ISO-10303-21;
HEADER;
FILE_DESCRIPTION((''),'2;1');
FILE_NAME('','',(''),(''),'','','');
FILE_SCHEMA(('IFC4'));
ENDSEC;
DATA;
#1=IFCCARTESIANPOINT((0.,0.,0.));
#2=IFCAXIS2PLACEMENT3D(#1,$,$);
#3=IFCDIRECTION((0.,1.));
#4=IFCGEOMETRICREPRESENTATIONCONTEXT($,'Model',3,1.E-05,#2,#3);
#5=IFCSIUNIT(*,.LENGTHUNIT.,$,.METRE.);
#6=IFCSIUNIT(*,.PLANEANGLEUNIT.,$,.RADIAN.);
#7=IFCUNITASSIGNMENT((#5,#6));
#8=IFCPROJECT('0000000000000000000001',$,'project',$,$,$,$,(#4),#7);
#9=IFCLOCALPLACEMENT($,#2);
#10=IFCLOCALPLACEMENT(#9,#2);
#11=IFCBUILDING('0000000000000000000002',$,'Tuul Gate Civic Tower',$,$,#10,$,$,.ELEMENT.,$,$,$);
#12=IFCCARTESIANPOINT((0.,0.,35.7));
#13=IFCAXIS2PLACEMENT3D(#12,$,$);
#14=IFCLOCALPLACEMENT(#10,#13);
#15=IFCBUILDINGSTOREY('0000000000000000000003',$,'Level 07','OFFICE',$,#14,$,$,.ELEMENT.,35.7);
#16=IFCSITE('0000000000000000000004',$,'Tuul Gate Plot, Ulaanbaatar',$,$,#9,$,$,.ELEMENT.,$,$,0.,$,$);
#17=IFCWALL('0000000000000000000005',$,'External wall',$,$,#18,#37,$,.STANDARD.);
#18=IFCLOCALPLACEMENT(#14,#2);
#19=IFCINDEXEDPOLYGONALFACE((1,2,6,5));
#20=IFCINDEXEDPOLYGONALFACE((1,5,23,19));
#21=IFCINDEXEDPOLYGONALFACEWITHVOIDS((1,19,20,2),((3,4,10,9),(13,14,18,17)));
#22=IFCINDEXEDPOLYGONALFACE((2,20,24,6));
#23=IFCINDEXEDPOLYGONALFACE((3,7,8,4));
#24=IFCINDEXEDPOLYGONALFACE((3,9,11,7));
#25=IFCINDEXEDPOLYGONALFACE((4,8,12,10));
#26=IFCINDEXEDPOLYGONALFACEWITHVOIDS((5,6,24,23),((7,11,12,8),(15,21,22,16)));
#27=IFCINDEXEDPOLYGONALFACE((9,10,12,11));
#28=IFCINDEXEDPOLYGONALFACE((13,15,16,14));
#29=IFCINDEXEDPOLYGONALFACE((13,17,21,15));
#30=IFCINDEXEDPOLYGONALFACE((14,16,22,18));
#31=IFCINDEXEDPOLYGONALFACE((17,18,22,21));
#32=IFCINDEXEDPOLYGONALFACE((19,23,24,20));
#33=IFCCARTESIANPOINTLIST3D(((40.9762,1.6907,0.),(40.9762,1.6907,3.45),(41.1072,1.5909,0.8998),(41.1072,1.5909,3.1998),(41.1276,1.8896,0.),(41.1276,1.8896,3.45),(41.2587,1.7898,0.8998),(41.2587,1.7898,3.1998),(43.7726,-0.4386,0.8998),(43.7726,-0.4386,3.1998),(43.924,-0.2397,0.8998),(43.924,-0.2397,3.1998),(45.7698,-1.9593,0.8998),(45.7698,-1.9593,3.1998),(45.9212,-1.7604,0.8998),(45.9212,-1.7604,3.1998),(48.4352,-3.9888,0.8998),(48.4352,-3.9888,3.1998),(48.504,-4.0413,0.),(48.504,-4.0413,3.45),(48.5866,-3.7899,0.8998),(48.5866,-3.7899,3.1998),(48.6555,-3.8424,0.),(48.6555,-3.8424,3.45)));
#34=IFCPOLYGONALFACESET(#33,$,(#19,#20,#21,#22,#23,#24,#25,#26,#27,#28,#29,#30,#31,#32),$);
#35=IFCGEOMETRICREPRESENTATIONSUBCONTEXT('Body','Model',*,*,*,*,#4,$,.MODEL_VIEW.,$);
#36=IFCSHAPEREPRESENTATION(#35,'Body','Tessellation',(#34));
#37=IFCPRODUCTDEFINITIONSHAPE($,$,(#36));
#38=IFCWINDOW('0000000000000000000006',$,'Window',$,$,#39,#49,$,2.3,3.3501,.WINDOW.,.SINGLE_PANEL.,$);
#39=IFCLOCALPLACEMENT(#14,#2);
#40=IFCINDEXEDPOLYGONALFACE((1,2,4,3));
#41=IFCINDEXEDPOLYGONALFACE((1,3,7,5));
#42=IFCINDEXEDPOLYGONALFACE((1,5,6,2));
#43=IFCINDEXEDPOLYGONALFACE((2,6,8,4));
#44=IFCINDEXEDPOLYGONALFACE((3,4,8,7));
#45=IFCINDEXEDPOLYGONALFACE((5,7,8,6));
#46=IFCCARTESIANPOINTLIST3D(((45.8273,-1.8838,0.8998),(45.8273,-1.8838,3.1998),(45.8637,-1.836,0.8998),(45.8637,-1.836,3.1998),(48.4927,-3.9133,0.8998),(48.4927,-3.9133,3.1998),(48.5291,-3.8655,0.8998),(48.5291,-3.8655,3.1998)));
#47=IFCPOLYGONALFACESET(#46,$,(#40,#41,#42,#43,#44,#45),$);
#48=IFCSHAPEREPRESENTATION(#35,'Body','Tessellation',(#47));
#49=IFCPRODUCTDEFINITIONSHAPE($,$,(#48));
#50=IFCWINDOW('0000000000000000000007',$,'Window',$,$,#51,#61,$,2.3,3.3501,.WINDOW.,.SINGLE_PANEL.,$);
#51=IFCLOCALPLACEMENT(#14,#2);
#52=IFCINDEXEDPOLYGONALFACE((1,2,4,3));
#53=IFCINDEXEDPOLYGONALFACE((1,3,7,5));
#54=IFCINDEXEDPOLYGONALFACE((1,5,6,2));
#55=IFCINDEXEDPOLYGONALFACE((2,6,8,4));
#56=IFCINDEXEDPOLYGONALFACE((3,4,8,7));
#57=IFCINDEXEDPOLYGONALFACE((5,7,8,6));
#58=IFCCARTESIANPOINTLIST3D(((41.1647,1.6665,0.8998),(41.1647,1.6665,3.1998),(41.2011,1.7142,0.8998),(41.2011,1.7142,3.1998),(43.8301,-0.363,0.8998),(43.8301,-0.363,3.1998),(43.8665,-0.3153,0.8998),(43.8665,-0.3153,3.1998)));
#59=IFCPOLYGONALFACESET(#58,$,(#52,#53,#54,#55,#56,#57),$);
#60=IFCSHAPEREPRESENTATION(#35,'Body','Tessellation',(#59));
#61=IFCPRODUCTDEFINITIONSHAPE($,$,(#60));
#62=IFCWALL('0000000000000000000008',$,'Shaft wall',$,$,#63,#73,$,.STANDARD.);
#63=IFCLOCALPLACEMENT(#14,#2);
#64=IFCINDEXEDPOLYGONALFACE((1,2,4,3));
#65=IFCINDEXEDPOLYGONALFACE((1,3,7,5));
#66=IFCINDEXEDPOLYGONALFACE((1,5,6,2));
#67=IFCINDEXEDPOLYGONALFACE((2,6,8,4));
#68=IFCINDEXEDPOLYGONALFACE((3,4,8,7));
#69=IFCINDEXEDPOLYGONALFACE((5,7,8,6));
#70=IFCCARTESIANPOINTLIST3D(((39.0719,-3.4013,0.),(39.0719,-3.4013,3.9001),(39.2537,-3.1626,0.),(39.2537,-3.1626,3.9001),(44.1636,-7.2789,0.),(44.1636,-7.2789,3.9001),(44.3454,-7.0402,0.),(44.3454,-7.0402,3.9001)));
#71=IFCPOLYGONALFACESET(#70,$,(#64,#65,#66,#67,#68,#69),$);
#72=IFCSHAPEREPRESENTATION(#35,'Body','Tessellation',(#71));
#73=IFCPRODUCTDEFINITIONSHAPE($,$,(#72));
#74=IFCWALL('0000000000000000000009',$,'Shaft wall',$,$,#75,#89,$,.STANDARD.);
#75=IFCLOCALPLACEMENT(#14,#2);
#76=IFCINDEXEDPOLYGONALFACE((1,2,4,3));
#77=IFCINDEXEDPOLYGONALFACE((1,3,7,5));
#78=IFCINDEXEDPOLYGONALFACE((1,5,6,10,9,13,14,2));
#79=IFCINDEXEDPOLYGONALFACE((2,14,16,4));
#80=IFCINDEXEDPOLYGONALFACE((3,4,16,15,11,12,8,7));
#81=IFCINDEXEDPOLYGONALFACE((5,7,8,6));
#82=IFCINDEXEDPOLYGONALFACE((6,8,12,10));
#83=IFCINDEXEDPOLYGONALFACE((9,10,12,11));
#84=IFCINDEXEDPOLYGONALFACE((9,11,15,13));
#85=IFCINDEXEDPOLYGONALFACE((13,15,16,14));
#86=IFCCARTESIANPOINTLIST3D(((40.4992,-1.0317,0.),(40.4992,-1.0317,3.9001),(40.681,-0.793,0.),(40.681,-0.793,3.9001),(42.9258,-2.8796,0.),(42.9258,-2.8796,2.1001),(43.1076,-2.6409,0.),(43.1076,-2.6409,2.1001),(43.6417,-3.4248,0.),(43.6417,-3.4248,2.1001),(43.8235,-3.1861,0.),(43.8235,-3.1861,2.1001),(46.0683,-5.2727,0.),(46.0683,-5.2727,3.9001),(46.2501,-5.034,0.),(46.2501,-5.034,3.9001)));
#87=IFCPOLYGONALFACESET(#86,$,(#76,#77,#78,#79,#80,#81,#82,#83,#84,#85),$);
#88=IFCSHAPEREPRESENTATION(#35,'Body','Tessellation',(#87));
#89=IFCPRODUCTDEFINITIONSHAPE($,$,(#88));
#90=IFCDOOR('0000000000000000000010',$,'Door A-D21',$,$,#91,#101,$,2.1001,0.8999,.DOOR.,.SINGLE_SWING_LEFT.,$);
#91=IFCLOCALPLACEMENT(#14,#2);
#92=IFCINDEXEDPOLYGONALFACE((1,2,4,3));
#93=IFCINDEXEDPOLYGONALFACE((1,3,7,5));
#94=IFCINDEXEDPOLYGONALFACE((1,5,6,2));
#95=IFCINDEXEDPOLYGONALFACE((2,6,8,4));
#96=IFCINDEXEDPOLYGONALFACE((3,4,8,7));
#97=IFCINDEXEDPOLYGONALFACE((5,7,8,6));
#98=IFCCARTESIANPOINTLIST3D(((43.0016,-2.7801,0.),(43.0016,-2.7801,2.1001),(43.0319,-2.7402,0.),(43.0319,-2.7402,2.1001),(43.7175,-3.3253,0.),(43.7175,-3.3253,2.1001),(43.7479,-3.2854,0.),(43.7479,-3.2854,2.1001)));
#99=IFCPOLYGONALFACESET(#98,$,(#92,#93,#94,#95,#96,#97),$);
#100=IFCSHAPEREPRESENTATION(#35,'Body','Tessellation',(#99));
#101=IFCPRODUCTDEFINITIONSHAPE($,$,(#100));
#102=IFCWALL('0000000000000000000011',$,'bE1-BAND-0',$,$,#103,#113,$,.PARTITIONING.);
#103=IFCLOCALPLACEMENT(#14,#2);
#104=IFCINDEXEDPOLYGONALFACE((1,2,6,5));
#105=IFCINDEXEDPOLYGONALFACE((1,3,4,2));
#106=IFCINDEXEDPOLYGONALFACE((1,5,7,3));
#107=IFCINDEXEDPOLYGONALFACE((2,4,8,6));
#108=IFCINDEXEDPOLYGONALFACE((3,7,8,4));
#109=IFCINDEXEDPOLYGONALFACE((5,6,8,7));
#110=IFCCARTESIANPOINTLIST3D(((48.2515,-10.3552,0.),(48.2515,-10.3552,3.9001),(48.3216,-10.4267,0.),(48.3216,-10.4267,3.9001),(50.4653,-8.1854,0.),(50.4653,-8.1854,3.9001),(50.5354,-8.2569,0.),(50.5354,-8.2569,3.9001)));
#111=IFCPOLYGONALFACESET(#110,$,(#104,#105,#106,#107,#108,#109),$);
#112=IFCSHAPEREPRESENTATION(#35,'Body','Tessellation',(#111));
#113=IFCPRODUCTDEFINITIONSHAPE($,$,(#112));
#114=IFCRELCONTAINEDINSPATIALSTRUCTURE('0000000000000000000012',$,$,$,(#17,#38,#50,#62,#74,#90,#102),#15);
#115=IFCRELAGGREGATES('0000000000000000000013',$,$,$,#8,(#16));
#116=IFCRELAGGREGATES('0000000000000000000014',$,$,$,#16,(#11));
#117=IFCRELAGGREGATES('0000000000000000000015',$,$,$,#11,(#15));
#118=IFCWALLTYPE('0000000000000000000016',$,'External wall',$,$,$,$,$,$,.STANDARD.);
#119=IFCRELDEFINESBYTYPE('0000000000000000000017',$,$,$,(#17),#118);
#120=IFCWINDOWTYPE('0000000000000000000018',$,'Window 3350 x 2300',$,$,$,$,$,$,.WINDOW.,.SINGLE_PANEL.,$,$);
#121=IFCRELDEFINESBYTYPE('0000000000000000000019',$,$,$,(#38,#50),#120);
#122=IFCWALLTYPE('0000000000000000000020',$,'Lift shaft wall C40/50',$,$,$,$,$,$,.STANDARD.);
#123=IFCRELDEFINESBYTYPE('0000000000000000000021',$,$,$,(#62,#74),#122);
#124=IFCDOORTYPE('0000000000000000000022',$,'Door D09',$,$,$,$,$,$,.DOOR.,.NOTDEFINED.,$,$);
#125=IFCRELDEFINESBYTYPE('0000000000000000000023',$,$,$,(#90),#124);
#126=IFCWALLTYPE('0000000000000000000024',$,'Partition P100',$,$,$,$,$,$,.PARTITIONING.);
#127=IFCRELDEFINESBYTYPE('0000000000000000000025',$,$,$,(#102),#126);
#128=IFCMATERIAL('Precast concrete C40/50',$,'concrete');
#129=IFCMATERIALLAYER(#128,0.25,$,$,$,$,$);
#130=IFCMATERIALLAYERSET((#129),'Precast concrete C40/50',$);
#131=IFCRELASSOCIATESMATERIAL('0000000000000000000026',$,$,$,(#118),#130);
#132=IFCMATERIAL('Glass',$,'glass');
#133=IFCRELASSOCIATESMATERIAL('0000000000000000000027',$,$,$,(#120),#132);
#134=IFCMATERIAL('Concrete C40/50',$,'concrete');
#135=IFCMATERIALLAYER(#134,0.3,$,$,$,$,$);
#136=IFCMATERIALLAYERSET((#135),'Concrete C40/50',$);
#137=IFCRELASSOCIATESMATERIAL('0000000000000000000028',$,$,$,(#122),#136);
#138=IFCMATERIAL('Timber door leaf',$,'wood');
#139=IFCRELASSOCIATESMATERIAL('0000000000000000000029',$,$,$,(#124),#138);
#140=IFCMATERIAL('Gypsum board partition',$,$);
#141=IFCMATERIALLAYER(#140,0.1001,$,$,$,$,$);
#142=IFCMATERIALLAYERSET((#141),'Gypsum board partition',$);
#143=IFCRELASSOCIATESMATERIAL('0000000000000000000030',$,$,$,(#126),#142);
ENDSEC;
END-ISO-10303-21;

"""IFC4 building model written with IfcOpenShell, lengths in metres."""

from ifc_helpers import new_model, si_unit, direction, frame, frame_2d, origin, place, context, subcontext, project, spatial, rectangle, extrude, material, layer, layer_set, type_object, element, fill, save


model = new_model("IFC4")

# Units and contexts
model_context = context("Model", 3, precision=1e-05, world=origin(), true_north=direction((0.0, 1.0)))
body_context = subcontext(model_context, "Body", "Model", "MODEL_VIEW")
ifc_project = project(units=[si_unit("LENGTHUNIT", "METRE"), si_unit("PLANEANGLEUNIT", "RADIAN")], contexts=[model_context])

# Site, building, storey
site_placement = place(None, origin())
site = spatial("IfcSite", under=ifc_project, at=site_placement, Name="Tuul Gate Plot, Ulaanbaatar", CompositionType="ELEMENT", RefElevation=0.0)
building_placement = place(site_placement, origin())
building = spatial("IfcBuilding", under=site, at=building_placement, Name="Tuul Gate Civic Tower", CompositionType="ELEMENT")
storey_placement = place(building_placement, frame((0.0, 0.0, 35.7)))
storey = spatial("IfcBuildingStorey", under=building, at=storey_placement, Name="Level 07", Description="OFFICE", CompositionType="ELEMENT", Elevation=35.7)

# Wall, openings, windows
ifc_material_1 = material(Name="Precast concrete C40/50", Category="concrete")
ifc_layer_1 = layer(ifc_material_1, 0.25)
ifc_layer_set_1 = layer_set([ifc_layer_1], Name="Precast concrete C40/50")
wall_type_1 = type_object("IfcWallType", Name="External wall", PredefinedType="STANDARD", material=ifc_layer_set_1)
wall_1_placement = place(storey_placement, frame((48.5798, -3.9419, 0.0), z_axis=(0.0, 0.0, 1.0), x_axis=(-0.795613, 0.605805, 0.0)))
wall_1 = element("IfcWall", 1, at=wall_1_placement, inside=storey, type_object=wall_type_1, Name="External wall", PredefinedType="STANDARD", context=body_context, shape_type="SweptSolid", body=[
    extrude(rectangle(XDim=9.4617, YDim=0.25, at=frame_2d((4.731, 0.0))), origin(), (0.0, 0.0, 1.0), 3.45),
])
opening_1_placement = place(wall_1_placement, frame((0.0867, 0.0, 0.8999)))
opening_1 = element("IfcOpeningElement", 2, at=opening_1_placement, cuts=wall_1, PredefinedType="OPENING", context=body_context, shape_type="SweptSolid", body=[
    extrude(rectangle(XDim=3.3501, YDim=2.3, at=frame_2d((1.675, 1.1499))), frame((0.0, 0.135, 0.0), z_axis=(0.0, -1.0, 0.0), x_axis=(1.0, 0.0, 0.0)), (0.0, 0.0, 1.0), 0.27),
])
opening_2_placement = place(wall_1_placement, frame((5.947, 0.0, 0.8999)))
opening_2 = element("IfcOpeningElement", 3, at=opening_2_placement, cuts=wall_1, PredefinedType="OPENING", context=body_context, shape_type="SweptSolid", body=[
    extrude(rectangle(XDim=3.3501, YDim=2.3, at=frame_2d((1.675, 1.1499))), frame((0.0, 0.135, 0.0), z_axis=(0.0, -1.0, 0.0), x_axis=(1.0, 0.0, 0.0)), (0.0, 0.0, 1.0), 0.27),
])
ifc_material_2 = material(Name="Glass", Category="glass")
window_type = type_object("IfcWindowType", Name="Window 3350 x 2300", PartitioningType="SINGLE_PANEL", PredefinedType="WINDOW", material=ifc_material_2)
window_1_placement = place(opening_1_placement, origin())
window_1 = element("IfcWindow", 4, at=window_1_placement, inside=storey, type_object=window_type, Name="Window", OverallHeight=2.3, OverallWidth=3.3501, PartitioningType="SINGLE_PANEL", PredefinedType="WINDOW", context=body_context, shape_type="SweptSolid", body=[
    extrude(rectangle(XDim=3.3501, YDim=2.3, at=frame_2d((1.675, 1.1499))), frame((0.0, 0.03, 0.0), z_axis=(0.0, -1.0, 0.0), x_axis=(1.0, 0.0, 0.0)), (0.0, 0.0, 1.0), 0.0601),
])
fill(opening_1, window_1)
window_2_placement = place(opening_2_placement, origin())
window_2 = element("IfcWindow", 5, at=window_2_placement, inside=storey, type_object=window_type, Name="Window", OverallHeight=2.3, OverallWidth=3.3501, PartitioningType="SINGLE_PANEL", PredefinedType="WINDOW", context=body_context, shape_type="SweptSolid", body=[
    extrude(rectangle(XDim=3.3501, YDim=2.3, at=frame_2d((1.675, 1.1499))), frame((0.0, 0.03, 0.0), z_axis=(0.0, -1.0, 0.0), x_axis=(1.0, 0.0, 0.0)), (0.0, 0.0, 1.0), 0.0601),
])
fill(opening_2, window_2)

# Wall
ifc_material_3 = material(Name="Concrete C40/50", Category="concrete")
ifc_layer_2 = layer(ifc_material_3, 0.3)
ifc_layer_set_2 = layer_set([ifc_layer_2], Name="Concrete C40/50")
wall_type_2 = type_object("IfcWallType", Name="Lift shaft wall C40/50", PredefinedType="STANDARD", material=ifc_layer_set_2)
wall_2_placement = place(storey_placement, frame((44.2546, -7.1597, 0.0), z_axis=(0.0, 0.0, 1.0), x_axis=(-0.795566, 0.605867, 0.0)))
element("IfcWall", 6, at=wall_2_placement, inside=storey, type_object=wall_type_2, Name="Shaft wall", PredefinedType="STANDARD", context=body_context, shape_type="SweptSolid", body=[
    extrude(rectangle(XDim=6.4001, YDim=0.3, at=frame_2d((3.2002, 0.0))), origin(), (0.0, 0.0, 1.0), 3.9001),
])

# Wall, opening, door
wall_3_placement = place(storey_placement, frame((46.1592, -5.1533, 0.0), z_axis=(0.0, 0.0, 1.0), x_axis=(-0.79558, 0.605849, 0.0)))
wall_3 = element("IfcWall", 7, at=wall_3_placement, inside=storey, type_object=wall_type_2, Name="Shaft wall", PredefinedType="STANDARD", context=body_context, shape_type="SweptSolid", body=[
    extrude(rectangle(XDim=7.0, YDim=0.3, at=frame_2d((3.5, 0.0))), origin(), (0.0, 0.0, 1.0), 3.9001),
])
opening_3_placement = place(wall_3_placement, frame((3.05, 0.0, 0.0)))
opening_3 = element("IfcOpeningElement", 8, at=opening_3_placement, cuts=wall_3, PredefinedType="OPENING", context=body_context, shape_type="SweptSolid", body=[
    extrude(rectangle(XDim=0.8999, YDim=2.1001, at=frame_2d((0.45, 1.05))), frame((0.0, 0.1602, 0.0), z_axis=(0.0, -1.0, 0.0), x_axis=(1.0, 0.0, 0.0)), (0.0, 0.0, 1.0), 0.3201),
])
ifc_material_4 = material(Name="Timber door leaf", Category="wood")
door_type_1 = type_object("IfcDoorType", Name="Door D09", OperationType="NOTDEFINED", PredefinedType="DOOR", material=ifc_material_4)
door_1_placement = place(opening_3_placement, origin())
door_1 = element("IfcDoor", 9, at=door_1_placement, inside=storey, type_object=door_type_1, Name="Door A-D21", OperationType="SINGLE_SWING_LEFT", OverallHeight=2.1001, OverallWidth=0.8999, PredefinedType="DOOR", context=body_context, shape_type="SweptSolid", body=[
    extrude(rectangle(XDim=0.8999, YDim=2.1001, at=frame_2d((0.45, 1.05))), frame((0.0, 0.0249, 0.0), z_axis=(0.0, -1.0, 0.0), x_axis=(1.0, 0.0, 0.0)), (0.0, 0.0, 1.0), 0.05),
])
fill(opening_3, door_1)

# Wall
ifc_material_5 = material(Name="Gypsum board partition")
ifc_layer_3 = layer(ifc_material_5, 0.1001)
ifc_layer_set_3 = layer_set([ifc_layer_3], Name="Gypsum board partition")
wall_type_3 = type_object("IfcWallType", Name="Partition P100", PredefinedType="PARTITIONING", material=ifc_layer_set_3)
wall_4_placement = place(storey_placement, frame((48.2866, -10.3909, 0.0), z_axis=(0.0, 0.0, 1.0), x_axis=(0.714159, 0.699983, 0.0)))
element("IfcWall", 10, at=wall_4_placement, inside=storey, type_object=wall_type_3, Name="bE1-BAND-0", PredefinedType="PARTITIONING", context=body_context, shape_type="SweptSolid", body=[
    extrude(rectangle(XDim=3.0999, YDim=0.1001, at=frame_2d((1.5498, 0.0))), origin(), (0.0, 0.0, 1.0), 3.9001),
])

save(model, "model.ifc")
